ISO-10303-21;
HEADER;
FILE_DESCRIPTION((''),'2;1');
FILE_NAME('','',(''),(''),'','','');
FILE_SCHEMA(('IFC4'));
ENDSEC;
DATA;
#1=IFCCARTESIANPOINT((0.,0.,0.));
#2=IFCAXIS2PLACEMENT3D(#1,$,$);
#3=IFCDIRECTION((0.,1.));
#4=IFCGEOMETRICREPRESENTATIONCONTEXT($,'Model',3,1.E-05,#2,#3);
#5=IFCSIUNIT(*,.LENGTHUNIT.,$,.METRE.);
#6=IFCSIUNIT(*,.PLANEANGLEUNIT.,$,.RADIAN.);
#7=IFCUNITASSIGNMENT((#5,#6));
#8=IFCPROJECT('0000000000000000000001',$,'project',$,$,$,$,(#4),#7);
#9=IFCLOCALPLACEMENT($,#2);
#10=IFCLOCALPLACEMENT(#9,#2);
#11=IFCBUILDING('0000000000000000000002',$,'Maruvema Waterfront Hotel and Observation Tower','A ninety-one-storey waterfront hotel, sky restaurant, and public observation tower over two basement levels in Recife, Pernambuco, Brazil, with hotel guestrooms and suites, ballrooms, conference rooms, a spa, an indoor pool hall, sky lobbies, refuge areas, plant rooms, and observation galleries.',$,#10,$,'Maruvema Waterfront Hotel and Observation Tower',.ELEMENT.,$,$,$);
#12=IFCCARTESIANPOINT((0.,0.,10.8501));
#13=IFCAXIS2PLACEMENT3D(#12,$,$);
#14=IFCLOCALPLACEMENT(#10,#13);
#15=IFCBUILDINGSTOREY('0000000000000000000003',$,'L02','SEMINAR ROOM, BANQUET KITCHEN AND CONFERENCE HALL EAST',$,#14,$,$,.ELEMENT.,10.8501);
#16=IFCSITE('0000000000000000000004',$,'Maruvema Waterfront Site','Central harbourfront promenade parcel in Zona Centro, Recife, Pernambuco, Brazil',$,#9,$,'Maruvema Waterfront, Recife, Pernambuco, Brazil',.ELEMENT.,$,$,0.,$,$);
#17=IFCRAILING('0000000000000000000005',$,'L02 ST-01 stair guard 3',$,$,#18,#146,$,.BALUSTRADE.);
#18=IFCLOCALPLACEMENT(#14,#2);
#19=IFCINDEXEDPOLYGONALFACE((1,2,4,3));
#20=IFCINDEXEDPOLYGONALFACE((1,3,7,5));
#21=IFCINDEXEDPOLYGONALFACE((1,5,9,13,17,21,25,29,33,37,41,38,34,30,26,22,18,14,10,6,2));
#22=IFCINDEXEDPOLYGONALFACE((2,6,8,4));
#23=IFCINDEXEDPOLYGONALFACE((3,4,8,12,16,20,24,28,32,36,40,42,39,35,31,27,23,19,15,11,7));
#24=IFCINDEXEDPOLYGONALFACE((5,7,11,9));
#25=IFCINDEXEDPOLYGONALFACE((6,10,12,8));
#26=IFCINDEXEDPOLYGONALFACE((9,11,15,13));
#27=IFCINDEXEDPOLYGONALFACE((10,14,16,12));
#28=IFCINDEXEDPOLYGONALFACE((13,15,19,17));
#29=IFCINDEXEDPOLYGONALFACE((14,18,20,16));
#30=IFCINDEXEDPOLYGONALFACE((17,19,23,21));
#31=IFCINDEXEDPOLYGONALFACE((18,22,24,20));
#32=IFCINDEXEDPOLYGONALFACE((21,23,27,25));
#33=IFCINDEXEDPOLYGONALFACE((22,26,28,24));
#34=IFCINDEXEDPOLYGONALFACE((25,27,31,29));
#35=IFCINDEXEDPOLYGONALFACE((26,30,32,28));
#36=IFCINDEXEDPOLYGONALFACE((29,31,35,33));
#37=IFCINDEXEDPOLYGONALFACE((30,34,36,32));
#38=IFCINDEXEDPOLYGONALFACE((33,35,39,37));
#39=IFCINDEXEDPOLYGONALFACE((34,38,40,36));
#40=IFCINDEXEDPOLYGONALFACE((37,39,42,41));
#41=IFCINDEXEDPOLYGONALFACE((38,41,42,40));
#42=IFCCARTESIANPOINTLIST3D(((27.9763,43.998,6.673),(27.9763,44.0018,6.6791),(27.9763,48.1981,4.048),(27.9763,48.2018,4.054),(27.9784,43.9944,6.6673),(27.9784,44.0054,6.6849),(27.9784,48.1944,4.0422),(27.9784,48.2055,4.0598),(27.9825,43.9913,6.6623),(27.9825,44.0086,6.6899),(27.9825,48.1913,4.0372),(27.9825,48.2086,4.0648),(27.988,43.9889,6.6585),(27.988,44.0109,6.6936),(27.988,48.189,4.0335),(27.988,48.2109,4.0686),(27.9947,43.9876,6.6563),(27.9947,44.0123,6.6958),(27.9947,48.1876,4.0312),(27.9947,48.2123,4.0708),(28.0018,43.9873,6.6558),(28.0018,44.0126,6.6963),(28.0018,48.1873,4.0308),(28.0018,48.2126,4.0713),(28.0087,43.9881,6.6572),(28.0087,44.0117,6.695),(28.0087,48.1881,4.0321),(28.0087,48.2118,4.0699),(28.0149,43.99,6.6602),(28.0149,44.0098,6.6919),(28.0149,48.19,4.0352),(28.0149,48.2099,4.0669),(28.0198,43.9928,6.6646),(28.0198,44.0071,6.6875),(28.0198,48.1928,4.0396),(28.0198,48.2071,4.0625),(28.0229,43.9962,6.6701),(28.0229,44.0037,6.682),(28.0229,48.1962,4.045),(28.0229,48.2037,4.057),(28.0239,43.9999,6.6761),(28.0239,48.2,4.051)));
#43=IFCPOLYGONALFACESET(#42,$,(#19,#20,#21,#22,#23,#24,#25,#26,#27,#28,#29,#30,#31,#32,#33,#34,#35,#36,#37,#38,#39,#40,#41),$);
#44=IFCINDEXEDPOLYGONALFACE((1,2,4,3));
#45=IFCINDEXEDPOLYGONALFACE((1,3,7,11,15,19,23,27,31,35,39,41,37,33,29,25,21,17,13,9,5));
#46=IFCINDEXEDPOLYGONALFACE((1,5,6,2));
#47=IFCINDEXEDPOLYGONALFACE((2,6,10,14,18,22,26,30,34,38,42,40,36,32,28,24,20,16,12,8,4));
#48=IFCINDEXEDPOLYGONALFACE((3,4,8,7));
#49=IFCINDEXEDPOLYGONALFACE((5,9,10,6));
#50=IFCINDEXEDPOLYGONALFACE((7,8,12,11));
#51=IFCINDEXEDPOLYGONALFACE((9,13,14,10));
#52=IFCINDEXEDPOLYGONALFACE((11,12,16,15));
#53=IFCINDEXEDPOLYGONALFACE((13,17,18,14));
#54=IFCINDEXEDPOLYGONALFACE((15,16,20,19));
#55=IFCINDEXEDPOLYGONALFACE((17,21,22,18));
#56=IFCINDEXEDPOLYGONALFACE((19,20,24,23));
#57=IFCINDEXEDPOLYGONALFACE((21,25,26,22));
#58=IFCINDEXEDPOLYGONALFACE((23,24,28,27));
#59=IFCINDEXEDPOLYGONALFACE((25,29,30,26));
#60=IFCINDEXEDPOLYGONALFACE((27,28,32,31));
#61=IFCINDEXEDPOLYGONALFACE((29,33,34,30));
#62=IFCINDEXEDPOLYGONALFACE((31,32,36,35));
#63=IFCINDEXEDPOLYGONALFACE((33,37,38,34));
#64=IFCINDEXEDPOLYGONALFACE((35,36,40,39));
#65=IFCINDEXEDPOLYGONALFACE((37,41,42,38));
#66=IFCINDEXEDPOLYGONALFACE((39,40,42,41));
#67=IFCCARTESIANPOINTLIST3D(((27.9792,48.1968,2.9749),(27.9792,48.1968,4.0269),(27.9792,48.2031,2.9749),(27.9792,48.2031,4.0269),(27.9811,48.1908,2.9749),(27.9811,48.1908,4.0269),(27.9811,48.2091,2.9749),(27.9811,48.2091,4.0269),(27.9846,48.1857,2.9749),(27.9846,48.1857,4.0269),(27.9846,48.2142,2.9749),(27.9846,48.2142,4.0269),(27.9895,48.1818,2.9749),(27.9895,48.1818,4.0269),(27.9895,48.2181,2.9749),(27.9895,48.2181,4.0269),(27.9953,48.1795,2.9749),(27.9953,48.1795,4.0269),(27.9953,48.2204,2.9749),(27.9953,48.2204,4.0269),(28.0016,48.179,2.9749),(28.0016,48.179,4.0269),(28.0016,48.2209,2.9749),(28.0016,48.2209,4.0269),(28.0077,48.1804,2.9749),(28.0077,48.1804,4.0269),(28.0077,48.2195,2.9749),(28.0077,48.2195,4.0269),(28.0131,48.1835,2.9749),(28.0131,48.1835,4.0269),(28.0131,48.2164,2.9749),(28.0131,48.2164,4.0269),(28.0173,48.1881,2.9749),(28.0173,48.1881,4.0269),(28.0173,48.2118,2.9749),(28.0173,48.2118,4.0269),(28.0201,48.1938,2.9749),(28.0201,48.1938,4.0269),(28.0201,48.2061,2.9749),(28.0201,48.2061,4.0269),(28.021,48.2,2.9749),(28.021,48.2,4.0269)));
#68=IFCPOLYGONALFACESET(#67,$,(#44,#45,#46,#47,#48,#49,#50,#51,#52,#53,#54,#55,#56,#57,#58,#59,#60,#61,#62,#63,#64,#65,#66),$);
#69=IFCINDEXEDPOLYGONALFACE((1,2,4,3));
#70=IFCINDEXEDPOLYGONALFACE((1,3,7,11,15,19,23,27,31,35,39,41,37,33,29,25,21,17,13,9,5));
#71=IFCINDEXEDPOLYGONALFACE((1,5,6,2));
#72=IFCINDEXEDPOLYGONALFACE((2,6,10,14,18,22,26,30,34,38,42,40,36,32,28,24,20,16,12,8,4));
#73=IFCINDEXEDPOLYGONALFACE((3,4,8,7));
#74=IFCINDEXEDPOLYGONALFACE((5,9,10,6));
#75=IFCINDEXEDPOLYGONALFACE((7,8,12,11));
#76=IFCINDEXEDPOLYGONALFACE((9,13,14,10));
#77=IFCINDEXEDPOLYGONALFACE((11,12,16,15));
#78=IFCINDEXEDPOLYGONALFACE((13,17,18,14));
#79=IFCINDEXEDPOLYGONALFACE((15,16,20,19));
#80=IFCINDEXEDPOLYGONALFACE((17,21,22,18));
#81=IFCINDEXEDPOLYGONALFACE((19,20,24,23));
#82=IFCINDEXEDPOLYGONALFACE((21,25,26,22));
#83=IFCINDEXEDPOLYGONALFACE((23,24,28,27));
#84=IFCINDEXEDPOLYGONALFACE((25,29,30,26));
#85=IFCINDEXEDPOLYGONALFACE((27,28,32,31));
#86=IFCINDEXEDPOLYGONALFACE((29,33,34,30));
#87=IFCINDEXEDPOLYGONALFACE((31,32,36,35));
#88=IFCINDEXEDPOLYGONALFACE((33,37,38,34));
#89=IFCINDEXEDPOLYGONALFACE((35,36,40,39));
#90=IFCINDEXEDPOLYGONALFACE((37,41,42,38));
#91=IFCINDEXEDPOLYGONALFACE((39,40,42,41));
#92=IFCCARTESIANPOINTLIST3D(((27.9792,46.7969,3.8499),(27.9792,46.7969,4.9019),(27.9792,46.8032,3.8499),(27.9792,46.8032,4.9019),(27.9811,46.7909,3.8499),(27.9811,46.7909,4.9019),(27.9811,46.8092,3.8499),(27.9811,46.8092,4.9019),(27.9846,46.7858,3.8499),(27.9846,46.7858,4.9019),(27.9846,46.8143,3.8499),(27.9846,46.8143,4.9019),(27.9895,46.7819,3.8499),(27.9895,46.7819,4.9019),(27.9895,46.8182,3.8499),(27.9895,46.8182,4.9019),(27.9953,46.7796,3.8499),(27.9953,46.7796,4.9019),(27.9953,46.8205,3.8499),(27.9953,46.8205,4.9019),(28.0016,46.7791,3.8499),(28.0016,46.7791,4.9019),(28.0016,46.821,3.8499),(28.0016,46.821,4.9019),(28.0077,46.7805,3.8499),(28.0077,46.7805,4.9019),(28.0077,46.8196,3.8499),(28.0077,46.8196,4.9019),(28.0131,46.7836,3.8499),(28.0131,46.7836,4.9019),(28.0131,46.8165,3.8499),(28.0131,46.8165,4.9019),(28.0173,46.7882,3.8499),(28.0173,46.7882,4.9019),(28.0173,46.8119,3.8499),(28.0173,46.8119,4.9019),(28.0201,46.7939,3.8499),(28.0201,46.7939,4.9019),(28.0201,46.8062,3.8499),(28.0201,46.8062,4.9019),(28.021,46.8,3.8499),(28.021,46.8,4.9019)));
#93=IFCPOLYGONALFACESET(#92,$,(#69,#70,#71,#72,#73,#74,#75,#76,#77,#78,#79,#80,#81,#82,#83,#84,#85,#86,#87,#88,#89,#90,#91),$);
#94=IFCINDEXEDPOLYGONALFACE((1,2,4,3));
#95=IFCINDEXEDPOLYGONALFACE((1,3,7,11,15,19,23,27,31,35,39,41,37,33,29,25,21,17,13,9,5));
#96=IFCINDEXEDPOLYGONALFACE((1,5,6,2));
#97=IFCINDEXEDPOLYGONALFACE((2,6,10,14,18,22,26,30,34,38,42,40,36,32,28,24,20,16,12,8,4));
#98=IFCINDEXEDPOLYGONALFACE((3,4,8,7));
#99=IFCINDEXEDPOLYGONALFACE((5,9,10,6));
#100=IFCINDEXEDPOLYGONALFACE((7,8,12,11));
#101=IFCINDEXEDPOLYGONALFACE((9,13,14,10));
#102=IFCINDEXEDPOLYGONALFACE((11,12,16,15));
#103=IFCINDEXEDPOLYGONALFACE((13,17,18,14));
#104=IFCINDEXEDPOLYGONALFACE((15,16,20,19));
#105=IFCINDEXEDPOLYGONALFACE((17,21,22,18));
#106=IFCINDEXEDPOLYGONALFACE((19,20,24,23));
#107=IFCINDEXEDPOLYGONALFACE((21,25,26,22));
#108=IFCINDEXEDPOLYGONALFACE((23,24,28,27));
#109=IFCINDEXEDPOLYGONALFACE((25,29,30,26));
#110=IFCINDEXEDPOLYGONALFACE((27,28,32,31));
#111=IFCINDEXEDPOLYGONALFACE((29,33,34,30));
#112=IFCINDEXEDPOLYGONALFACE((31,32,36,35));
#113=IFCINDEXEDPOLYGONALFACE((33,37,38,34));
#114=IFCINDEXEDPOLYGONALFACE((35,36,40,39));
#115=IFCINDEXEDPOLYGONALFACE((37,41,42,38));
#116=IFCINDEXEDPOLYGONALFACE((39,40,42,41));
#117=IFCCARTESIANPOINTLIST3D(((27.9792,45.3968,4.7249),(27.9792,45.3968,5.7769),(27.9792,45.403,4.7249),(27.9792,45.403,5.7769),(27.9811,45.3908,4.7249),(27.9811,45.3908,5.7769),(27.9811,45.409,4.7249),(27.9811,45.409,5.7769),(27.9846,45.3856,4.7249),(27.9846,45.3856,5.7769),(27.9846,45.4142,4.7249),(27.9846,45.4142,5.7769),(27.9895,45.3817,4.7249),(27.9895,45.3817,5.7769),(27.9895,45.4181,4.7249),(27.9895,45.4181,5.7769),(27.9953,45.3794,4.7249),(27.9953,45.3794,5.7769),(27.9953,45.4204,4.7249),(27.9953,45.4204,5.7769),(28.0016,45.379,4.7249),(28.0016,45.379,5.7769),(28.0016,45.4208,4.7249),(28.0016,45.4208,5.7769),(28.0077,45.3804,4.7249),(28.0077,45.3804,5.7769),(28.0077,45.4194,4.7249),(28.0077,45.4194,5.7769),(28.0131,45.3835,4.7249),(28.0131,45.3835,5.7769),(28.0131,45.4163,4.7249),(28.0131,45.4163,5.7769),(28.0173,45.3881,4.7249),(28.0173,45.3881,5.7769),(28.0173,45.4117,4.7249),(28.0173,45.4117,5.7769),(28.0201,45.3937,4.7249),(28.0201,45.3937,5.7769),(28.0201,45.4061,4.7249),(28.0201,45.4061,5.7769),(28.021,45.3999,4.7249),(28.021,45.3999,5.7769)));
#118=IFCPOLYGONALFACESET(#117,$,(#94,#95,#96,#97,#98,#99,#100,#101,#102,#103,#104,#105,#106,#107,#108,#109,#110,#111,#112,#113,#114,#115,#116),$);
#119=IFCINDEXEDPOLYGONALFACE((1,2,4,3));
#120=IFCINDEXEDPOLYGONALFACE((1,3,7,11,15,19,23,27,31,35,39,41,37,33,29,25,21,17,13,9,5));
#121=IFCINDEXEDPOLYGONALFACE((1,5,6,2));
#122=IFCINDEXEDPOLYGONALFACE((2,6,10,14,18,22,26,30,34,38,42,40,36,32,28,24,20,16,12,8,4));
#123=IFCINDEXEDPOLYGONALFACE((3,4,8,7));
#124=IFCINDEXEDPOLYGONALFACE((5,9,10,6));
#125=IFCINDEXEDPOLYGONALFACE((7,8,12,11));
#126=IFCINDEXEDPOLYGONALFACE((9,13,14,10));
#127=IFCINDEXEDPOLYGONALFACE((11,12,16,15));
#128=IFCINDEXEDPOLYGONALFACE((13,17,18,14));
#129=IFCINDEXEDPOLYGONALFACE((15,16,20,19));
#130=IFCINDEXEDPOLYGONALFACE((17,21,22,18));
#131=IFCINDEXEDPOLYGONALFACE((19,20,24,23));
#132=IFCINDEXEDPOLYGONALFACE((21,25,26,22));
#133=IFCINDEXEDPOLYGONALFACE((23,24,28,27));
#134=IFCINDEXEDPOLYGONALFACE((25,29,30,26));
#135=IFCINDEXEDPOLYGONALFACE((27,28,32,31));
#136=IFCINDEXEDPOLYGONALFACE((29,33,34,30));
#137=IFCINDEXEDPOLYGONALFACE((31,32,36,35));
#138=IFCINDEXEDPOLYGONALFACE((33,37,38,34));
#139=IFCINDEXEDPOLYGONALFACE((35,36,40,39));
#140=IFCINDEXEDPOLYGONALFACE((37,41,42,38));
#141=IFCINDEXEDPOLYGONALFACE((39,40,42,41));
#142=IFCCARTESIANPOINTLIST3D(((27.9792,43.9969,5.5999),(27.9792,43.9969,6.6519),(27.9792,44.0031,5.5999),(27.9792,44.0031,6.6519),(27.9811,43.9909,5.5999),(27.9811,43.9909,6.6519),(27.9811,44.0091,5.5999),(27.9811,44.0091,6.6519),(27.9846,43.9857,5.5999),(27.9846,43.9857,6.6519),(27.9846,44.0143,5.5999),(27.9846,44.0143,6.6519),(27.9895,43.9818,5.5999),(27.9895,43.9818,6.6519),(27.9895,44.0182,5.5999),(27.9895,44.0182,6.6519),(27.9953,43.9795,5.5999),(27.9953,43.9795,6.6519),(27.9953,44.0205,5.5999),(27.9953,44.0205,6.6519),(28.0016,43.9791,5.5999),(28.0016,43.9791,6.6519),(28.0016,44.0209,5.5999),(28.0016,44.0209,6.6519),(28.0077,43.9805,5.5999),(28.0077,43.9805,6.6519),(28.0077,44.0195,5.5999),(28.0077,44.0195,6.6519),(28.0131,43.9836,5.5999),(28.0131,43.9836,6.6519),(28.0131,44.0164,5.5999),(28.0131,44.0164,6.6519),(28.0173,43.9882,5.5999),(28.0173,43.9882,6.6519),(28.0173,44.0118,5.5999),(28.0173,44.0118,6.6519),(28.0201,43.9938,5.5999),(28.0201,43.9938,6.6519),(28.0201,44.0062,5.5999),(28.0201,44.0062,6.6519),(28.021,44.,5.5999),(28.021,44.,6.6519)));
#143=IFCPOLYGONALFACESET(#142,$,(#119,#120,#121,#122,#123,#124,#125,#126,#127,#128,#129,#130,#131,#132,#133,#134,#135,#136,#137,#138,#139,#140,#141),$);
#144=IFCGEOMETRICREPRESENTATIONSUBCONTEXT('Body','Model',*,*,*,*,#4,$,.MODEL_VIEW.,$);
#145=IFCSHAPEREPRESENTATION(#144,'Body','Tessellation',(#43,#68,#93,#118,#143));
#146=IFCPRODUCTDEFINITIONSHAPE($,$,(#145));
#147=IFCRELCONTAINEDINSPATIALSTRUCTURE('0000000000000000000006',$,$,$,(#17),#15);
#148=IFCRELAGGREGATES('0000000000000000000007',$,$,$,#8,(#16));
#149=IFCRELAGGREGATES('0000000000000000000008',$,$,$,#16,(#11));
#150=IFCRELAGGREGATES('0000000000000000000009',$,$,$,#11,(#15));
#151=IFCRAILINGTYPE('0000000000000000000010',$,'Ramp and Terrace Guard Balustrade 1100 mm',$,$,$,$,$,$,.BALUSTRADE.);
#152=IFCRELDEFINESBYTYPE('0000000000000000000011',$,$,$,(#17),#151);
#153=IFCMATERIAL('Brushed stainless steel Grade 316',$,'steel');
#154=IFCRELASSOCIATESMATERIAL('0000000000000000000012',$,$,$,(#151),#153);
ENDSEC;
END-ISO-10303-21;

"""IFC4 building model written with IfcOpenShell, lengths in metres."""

from ifc_helpers import new_model, si_unit, direction, frame, origin, origin_2d, place, context, subcontext, project, spatial, circle, extrude, material, type_object, element, save


model = new_model("IFC4")

# Units and contexts
model_context = context("Model", 3, precision=1e-05, world=origin(), true_north=direction((0.0, 1.0)))
body_context = subcontext(model_context, "Body", "Model", "MODEL_VIEW")
ifc_project = project(units=[si_unit("LENGTHUNIT", "METRE"), si_unit("PLANEANGLEUNIT", "RADIAN")], contexts=[model_context])

# Site, building, storey
site_placement = place(None, origin())
site = spatial("IfcSite", under=ifc_project, at=site_placement, Name="Maruvema Waterfront Site", Description="Central harbourfront promenade parcel in Zona Centro, Recife, Pernambuco, Brazil", LongName="Maruvema Waterfront, Recife, Pernambuco, Brazil", CompositionType="ELEMENT", RefElevation=0.0)
building_placement = place(site_placement, origin())
building = spatial("IfcBuilding", under=site, at=building_placement, Name="Maruvema Waterfront Hotel and Observation Tower", Description="A ninety-one-storey waterfront hotel, sky restaurant, and public observation tower over two basement levels in Recife, Pernambuco, Brazil, with hotel guestrooms and suites, ballrooms, conference rooms, a spa, an indoor pool hall, sky lobbies, refuge areas, plant rooms, and observation galleries.", LongName="Maruvema Waterfront Hotel and Observation Tower", CompositionType="ELEMENT")
storey_placement = place(building_placement, frame((0.0, 0.0, 10.8501)))
storey = spatial("IfcBuildingStorey", under=building, at=storey_placement, Name="L02", Description="SEMINAR ROOM, BANQUET KITCHEN AND CONFERENCE HALL EAST", CompositionType="ELEMENT", Elevation=10.8501)

# Railing
ifc_material_1 = material(Name="Brushed stainless steel Grade 316", Category="steel")
railing_type_1 = type_object("IfcRailingType", Name="Ramp and Terrace Guard Balustrade 1100 mm", PredefinedType="BALUSTRADE", material=ifc_material_1)
railing_1_placement = place(storey_placement, frame((28.0, 48.2, 2.9749)))
element("IfcRailing", 1, at=railing_1_placement, inside=storey, type_object=railing_type_1, Name="L02 ST-01 stair guard 3", PredefinedType="BALUSTRADE", context=body_context, shape_type="SweptSolid", body=[
    extrude(circle(Radius=0.0239, at=origin_2d()), frame((0.0, 0.0, 1.0762), z_axis=(0.0, -0.847996, 0.530003), x_axis=(1.0, 0.0, 0.0)), (0.0, 0.0, 1.0), 4.9529),
    extrude(circle(Radius=0.021, at=origin_2d()), origin(), (0.0, 0.0, 1.0), 1.052),
    extrude(circle(Radius=0.021, at=origin_2d()), frame((0.0, -1.3999, 0.875)), (0.0, 0.0, 1.0), 1.052),
    extrude(circle(Radius=0.021, at=origin_2d()), frame((0.0, -2.8, 1.75)), (0.0, 0.0, 1.0), 1.052),
    extrude(circle(Radius=0.021, at=origin_2d()), frame((0.0, -4.2, 2.625)), (0.0, 0.0, 1.0), 1.052),
])

save(model, "model.ifc")
